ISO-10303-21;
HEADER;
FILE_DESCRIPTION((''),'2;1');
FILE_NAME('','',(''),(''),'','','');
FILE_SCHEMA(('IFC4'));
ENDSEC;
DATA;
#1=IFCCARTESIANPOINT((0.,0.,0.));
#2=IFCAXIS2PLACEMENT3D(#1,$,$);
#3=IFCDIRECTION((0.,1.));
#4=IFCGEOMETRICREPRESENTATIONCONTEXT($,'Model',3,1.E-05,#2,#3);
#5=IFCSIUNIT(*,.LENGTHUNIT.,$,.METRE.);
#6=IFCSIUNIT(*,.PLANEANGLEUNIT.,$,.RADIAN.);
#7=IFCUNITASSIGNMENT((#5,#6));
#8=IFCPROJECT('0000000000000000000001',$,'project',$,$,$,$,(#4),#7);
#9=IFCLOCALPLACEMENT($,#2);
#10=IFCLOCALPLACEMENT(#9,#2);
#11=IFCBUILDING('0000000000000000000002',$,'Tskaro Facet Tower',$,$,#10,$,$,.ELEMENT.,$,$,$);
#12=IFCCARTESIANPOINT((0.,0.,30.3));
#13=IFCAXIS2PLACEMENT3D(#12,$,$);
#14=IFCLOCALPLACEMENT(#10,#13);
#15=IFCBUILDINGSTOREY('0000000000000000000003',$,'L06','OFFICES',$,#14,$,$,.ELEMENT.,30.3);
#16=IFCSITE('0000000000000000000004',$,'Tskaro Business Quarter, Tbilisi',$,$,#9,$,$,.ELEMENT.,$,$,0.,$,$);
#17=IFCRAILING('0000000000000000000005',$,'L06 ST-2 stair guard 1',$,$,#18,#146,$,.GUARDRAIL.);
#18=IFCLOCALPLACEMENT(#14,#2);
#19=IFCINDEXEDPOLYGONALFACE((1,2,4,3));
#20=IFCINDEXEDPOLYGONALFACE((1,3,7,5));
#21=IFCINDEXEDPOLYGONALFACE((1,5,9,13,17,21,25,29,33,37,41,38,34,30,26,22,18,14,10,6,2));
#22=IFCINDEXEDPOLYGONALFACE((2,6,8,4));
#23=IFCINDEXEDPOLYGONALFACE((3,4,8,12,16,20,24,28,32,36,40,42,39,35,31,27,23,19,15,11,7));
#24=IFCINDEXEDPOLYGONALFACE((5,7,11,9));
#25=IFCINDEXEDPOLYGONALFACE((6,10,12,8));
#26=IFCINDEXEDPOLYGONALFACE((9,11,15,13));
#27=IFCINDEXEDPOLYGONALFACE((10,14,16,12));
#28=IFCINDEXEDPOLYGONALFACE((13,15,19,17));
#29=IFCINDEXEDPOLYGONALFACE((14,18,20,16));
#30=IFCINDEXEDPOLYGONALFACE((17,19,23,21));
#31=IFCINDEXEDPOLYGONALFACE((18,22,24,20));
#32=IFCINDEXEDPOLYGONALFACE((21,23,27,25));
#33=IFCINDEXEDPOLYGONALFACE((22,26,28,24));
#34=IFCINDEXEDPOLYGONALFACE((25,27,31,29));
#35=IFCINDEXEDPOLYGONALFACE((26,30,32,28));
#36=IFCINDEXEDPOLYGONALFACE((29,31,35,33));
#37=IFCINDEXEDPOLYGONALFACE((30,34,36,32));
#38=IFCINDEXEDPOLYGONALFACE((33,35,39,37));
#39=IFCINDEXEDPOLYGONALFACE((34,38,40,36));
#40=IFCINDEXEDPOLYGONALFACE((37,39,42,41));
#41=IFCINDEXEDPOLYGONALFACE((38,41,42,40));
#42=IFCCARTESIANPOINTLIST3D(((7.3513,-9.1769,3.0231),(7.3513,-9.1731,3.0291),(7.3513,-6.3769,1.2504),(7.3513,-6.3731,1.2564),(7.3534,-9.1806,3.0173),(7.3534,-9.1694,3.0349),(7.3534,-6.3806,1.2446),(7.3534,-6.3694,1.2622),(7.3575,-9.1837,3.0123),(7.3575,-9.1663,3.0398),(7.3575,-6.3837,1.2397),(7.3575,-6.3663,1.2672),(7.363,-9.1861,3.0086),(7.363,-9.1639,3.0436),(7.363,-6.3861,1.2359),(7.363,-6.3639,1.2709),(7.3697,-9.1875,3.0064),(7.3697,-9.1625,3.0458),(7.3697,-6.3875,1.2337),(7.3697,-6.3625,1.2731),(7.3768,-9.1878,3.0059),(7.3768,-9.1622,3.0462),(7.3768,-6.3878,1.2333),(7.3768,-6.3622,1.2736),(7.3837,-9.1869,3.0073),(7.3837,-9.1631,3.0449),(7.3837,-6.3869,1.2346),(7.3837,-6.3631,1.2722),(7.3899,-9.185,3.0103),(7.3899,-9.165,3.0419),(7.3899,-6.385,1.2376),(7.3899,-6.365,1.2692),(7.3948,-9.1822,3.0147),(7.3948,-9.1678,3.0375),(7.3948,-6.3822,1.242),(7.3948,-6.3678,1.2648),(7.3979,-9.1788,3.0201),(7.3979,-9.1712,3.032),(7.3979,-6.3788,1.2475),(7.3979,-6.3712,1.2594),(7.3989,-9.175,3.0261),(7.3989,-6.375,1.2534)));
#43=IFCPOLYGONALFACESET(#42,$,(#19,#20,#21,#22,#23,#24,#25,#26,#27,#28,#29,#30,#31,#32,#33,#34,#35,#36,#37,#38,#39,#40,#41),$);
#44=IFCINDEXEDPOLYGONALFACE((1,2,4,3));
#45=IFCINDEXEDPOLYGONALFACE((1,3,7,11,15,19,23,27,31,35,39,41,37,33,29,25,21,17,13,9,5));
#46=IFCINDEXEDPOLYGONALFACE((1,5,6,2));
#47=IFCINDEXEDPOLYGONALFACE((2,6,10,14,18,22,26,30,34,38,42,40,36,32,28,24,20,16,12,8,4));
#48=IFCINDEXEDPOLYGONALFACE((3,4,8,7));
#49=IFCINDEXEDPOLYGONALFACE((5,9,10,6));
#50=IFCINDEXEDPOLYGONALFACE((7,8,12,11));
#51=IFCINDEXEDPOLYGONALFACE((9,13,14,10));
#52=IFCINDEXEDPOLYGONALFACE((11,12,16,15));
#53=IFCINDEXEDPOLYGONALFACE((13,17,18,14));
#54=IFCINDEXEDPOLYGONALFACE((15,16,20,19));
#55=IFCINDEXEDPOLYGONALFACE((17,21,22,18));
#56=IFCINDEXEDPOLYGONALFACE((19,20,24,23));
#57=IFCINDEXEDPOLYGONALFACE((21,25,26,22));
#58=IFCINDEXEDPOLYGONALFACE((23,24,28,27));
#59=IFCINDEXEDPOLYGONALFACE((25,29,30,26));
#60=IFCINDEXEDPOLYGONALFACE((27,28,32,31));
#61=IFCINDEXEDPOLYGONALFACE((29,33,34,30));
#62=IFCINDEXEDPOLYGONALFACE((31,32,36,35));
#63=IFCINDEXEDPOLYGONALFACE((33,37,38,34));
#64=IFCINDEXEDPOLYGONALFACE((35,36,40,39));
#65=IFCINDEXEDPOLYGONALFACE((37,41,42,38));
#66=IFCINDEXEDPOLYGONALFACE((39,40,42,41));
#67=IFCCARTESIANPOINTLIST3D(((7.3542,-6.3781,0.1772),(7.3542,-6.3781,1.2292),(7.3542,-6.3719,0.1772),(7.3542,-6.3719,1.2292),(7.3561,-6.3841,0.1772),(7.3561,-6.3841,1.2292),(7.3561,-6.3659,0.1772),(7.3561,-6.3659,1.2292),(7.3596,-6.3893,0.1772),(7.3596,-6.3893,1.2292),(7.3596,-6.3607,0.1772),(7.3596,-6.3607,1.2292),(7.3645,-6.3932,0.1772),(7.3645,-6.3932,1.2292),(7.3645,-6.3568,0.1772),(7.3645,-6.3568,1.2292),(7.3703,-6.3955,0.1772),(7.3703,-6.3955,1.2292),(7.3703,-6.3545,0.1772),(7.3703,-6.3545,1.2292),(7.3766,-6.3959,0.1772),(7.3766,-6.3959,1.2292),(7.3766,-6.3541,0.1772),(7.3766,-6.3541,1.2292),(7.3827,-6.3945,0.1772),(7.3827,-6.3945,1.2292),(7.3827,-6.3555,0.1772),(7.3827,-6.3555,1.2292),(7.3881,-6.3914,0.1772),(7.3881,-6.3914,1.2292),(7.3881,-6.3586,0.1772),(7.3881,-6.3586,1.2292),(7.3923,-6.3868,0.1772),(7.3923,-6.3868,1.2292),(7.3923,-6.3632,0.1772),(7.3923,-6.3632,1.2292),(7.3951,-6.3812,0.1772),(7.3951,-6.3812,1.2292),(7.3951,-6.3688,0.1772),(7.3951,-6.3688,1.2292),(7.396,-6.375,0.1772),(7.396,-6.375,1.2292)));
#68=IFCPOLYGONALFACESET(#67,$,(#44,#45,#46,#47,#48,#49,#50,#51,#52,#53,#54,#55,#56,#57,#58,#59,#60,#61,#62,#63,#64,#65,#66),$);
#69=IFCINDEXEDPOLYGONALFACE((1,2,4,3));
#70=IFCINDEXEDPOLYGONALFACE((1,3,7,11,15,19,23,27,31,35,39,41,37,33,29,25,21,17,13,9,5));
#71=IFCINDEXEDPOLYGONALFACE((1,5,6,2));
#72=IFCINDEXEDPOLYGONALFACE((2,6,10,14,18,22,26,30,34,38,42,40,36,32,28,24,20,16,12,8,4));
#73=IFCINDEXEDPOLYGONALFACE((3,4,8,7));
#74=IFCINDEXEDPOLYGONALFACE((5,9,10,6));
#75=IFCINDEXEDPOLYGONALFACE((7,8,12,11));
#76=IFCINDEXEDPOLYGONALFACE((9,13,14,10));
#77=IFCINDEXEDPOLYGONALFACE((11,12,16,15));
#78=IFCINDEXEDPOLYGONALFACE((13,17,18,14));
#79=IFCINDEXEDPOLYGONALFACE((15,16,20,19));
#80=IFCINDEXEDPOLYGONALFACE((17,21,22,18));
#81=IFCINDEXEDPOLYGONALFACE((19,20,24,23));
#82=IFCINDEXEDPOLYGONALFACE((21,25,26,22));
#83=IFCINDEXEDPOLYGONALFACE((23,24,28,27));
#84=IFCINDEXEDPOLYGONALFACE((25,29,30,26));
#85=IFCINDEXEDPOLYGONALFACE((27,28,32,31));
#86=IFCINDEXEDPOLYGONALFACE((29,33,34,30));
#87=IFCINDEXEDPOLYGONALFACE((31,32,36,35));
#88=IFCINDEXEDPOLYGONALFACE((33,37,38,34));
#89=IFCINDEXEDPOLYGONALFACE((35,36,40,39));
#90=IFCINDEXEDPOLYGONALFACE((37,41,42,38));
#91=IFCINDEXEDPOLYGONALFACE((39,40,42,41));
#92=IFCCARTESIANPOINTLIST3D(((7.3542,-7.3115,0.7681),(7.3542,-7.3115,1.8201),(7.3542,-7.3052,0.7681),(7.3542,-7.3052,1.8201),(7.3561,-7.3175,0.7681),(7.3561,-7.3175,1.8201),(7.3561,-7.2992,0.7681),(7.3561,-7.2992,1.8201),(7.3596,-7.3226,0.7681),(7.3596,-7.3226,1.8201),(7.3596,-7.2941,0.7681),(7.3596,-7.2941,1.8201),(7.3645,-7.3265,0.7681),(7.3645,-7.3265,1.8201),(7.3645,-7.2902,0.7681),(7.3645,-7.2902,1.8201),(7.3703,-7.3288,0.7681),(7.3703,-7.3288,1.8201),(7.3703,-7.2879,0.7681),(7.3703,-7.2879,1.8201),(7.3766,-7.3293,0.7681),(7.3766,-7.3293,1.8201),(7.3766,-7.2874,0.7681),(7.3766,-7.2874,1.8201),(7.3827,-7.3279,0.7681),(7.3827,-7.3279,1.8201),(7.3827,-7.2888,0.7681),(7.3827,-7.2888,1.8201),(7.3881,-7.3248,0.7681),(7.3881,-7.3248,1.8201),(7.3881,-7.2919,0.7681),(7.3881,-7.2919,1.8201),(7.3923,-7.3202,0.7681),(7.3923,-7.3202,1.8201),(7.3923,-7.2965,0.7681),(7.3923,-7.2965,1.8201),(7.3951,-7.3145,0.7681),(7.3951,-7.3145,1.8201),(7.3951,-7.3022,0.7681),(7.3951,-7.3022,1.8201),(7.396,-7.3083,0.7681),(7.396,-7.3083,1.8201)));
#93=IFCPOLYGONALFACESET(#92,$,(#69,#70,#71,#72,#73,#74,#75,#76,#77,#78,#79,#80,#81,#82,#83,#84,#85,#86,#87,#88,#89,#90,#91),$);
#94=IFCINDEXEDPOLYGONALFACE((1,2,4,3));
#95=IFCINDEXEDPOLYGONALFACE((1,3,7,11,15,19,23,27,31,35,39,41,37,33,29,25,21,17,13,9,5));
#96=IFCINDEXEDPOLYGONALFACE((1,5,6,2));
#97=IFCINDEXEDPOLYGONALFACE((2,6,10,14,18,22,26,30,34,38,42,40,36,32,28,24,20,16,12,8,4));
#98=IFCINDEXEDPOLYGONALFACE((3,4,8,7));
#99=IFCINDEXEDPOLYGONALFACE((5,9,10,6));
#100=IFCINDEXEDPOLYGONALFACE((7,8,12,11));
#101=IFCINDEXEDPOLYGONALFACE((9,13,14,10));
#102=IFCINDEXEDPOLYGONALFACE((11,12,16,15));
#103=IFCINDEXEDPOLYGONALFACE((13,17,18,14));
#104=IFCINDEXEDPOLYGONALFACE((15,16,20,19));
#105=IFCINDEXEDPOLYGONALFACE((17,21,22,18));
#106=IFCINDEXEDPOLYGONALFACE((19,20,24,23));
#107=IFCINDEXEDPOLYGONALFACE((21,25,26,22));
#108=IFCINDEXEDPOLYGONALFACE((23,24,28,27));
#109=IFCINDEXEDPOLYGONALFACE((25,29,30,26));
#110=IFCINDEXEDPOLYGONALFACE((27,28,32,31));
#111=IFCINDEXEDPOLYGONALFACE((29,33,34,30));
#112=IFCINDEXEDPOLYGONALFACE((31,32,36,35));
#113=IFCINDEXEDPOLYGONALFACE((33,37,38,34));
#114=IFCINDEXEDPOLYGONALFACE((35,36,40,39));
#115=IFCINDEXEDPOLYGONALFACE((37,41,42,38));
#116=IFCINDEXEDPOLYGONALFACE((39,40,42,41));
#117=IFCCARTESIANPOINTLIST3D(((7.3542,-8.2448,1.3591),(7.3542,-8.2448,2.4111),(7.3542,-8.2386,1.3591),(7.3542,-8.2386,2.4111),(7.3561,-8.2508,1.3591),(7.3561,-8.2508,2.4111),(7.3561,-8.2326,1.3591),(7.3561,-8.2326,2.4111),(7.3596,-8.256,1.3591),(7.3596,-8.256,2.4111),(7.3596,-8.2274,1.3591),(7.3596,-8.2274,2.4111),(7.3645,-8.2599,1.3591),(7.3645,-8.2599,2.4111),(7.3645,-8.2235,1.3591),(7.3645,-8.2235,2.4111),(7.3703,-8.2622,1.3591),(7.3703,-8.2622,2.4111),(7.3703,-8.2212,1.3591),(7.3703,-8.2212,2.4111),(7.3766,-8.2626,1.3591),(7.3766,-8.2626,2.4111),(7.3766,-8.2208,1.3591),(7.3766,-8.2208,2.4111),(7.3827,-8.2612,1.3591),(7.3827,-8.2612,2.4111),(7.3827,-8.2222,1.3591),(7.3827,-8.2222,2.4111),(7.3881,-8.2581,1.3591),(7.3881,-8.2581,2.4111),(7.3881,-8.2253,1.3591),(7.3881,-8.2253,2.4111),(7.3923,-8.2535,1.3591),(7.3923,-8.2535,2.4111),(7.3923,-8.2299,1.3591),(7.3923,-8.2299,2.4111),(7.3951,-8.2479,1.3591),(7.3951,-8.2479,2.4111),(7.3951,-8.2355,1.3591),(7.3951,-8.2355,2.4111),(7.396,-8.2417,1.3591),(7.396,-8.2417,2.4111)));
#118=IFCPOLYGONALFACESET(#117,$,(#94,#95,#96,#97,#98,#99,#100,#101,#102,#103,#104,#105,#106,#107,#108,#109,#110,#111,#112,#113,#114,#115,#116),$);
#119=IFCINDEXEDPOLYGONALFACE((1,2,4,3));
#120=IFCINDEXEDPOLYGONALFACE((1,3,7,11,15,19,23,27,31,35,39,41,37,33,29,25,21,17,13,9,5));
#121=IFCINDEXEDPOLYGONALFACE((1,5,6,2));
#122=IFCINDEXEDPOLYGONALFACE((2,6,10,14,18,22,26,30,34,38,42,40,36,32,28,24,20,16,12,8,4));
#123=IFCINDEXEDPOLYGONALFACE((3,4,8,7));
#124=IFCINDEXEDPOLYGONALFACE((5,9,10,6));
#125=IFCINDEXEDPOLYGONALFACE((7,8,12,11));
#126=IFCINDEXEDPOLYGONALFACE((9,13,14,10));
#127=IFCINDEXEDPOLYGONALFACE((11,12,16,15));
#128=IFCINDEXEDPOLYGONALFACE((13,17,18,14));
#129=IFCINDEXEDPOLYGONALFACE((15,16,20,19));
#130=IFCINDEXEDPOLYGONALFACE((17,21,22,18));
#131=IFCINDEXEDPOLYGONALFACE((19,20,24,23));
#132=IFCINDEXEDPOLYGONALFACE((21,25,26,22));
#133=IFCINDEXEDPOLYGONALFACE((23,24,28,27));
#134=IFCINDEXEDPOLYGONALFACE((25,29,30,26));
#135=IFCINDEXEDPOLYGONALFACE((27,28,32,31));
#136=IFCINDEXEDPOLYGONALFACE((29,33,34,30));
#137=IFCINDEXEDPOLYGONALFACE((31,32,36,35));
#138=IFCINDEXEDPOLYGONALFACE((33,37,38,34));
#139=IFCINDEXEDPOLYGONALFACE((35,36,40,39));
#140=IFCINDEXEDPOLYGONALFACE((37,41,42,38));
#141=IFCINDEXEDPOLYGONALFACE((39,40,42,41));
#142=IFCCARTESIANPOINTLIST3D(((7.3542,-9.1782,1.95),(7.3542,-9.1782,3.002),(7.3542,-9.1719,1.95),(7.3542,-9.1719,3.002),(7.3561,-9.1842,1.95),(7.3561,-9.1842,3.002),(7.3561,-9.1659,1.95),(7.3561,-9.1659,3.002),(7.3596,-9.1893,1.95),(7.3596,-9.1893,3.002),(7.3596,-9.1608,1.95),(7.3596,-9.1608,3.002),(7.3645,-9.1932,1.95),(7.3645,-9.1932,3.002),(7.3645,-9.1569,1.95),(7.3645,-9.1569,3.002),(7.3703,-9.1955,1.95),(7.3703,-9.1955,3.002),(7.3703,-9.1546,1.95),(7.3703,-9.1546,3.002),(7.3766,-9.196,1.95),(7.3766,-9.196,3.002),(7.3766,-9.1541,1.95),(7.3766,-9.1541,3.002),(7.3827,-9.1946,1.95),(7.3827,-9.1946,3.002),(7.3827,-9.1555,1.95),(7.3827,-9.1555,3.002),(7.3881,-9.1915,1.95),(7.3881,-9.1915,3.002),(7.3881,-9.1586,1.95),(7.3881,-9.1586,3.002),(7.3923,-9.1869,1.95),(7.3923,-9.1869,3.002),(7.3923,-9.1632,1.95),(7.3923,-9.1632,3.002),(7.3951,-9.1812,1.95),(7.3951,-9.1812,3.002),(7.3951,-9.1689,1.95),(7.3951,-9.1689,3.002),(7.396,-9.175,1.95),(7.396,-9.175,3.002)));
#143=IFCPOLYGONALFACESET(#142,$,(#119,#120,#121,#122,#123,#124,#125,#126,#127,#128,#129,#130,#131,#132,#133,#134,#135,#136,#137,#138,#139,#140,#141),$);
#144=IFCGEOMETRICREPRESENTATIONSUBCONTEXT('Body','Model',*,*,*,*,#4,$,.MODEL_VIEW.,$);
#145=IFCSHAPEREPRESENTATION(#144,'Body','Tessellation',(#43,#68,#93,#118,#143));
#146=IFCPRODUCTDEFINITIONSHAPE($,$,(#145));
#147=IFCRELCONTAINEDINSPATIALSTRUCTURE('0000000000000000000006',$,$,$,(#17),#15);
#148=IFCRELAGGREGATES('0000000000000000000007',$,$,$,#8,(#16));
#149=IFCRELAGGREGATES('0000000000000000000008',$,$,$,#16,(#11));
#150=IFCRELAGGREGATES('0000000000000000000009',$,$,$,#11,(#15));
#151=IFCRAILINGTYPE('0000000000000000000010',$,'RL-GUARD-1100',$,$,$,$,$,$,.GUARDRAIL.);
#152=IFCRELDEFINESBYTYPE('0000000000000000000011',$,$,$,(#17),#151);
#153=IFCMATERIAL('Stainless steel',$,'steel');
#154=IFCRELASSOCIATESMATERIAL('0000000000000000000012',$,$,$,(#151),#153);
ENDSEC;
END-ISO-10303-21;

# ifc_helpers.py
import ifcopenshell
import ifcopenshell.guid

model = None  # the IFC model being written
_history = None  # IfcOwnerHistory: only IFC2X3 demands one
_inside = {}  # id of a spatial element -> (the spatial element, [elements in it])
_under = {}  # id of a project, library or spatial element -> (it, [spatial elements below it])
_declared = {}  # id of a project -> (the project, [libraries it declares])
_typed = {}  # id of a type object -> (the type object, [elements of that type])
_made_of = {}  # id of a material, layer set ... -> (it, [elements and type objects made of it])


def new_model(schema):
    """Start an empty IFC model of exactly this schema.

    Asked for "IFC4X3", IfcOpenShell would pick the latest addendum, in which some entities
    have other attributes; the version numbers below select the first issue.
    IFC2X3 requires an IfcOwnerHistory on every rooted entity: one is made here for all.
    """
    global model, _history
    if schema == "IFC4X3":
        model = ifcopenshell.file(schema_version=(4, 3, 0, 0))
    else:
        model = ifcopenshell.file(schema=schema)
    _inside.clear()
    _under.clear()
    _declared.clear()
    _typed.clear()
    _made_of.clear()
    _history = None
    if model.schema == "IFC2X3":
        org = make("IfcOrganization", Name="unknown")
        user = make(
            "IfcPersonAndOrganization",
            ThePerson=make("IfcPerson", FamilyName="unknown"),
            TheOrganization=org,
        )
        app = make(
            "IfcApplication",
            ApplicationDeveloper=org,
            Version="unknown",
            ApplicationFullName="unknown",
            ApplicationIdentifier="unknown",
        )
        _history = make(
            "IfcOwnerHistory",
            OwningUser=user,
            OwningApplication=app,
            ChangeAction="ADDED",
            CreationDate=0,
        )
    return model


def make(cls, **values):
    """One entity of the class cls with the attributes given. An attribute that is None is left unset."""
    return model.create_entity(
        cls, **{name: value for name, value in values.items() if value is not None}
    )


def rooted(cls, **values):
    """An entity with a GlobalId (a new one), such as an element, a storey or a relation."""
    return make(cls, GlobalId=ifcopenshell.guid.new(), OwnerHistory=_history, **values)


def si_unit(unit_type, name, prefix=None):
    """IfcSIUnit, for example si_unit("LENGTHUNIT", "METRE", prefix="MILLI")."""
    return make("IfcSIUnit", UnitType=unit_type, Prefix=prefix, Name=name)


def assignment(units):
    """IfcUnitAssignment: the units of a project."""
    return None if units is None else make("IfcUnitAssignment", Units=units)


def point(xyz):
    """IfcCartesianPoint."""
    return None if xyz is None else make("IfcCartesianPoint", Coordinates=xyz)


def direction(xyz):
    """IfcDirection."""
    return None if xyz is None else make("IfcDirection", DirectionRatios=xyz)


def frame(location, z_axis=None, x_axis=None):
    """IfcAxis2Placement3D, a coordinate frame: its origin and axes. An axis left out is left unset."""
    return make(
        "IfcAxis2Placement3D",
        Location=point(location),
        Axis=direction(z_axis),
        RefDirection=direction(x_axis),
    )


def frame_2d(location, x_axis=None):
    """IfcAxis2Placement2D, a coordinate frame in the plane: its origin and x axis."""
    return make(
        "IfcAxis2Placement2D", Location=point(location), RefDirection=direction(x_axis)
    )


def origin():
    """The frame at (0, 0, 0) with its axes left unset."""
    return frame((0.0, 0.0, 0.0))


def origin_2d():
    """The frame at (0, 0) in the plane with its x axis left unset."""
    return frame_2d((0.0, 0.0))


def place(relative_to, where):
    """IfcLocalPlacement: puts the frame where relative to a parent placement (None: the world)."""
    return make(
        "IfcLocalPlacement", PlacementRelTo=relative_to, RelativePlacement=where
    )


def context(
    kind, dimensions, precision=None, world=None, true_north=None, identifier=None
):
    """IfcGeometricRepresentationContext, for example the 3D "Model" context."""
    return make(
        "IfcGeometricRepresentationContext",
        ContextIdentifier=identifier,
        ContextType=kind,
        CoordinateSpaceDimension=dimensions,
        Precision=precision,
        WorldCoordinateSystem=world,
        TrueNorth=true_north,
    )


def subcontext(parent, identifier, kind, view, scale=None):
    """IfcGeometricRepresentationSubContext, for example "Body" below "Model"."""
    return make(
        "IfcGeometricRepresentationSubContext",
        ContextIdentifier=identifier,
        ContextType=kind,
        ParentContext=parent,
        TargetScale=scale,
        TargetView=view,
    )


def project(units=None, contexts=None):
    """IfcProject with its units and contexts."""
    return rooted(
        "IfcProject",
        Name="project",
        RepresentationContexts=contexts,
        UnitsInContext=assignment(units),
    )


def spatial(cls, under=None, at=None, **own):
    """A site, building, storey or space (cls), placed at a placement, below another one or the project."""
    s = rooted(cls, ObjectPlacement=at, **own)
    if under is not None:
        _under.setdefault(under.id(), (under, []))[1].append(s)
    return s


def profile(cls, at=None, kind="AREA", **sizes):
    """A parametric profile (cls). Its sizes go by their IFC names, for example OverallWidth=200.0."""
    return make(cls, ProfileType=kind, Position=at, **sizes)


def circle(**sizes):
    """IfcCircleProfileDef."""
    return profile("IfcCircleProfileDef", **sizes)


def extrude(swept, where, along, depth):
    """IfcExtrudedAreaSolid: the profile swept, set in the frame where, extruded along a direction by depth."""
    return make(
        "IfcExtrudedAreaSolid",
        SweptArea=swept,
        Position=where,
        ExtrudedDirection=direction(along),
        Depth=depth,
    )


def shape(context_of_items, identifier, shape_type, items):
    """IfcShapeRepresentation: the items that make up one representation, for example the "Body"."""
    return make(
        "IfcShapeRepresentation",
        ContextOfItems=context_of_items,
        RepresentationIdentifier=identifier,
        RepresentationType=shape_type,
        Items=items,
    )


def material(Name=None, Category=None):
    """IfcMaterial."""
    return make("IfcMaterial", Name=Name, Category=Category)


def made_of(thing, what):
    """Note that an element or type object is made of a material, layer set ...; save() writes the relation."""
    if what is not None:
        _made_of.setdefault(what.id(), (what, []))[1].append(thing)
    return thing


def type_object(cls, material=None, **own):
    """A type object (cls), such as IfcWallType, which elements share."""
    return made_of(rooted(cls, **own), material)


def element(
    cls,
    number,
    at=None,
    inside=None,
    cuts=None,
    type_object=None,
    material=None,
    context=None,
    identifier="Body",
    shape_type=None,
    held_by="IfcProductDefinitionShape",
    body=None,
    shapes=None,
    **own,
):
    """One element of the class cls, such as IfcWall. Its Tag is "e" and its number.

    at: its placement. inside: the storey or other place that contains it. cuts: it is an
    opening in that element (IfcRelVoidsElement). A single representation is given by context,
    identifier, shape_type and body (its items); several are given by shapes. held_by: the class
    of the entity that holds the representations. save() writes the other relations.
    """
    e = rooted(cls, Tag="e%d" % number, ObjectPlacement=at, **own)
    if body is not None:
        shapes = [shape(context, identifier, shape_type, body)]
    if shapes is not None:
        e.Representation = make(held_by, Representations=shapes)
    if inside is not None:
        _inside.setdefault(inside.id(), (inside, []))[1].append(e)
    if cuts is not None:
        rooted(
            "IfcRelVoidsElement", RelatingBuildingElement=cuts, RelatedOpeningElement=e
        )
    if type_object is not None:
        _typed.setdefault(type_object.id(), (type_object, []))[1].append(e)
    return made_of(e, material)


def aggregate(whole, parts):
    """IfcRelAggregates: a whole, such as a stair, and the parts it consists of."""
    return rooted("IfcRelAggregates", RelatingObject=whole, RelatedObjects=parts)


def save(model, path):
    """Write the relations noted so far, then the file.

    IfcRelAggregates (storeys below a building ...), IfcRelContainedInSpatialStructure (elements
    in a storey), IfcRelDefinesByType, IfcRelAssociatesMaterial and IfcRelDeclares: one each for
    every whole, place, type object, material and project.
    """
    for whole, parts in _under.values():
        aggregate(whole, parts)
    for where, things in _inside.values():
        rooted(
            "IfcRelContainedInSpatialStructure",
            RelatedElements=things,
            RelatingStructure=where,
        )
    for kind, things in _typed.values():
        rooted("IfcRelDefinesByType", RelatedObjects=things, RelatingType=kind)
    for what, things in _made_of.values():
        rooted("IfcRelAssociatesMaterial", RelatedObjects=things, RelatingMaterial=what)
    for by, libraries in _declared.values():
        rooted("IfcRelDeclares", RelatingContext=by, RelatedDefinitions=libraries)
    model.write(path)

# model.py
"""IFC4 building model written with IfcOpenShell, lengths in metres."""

from ifc_helpers import new_model, si_unit, direction, frame, origin, origin_2d, place, context, subcontext, project, spatial, circle, extrude, material, type_object, element, save


model = new_model("IFC4")

# Units and contexts
model_context = context("Model", 3, precision=1e-05, world=origin(), true_north=direction((0.0, 1.0)))
body_context = subcontext(model_context, "Body", "Model", "MODEL_VIEW")
ifc_project = project(units=[si_unit("LENGTHUNIT", "METRE"), si_unit("PLANEANGLEUNIT", "RADIAN")], contexts=[model_context])

# Site, building, storey
site_placement = place(None, origin())
site = spatial("IfcSite", under=ifc_project, at=site_placement, Name="Tskaro Business Quarter, Tbilisi", CompositionType="ELEMENT", RefElevation=0.0)
building_placement = place(site_placement, origin())
building = spatial("IfcBuilding", under=site, at=building_placement, Name="Tskaro Facet Tower", CompositionType="ELEMENT")
storey_placement = place(building_placement, frame((0.0, 0.0, 30.3)))
storey = spatial("IfcBuildingStorey", under=building, at=storey_placement, Name="L06", Description="OFFICES", CompositionType="ELEMENT", Elevation=30.3)

# Railing
ifc_material_1 = material(Name="Stainless steel", Category="steel")
railing_type_1 = type_object("IfcRailingType", Name="RL-GUARD-1100", PredefinedType="GUARDRAIL", material=ifc_material_1)
railing_1_placement = place(storey_placement, frame((7.375, -6.375, 0.1772)))
element("IfcRailing", 1, at=railing_1_placement, inside=storey, type_object=railing_type_1, Name="L06 ST-2 stair guard 1", PredefinedType="GUARDRAIL", context=body_context, shape_type="SweptSolid", body=[
    extrude(circle(Radius=0.0239, at=origin_2d()), frame((0.0, 0.0, 1.0762), z_axis=(0.0, -0.844909, 0.53491), x_axis=(1.0, 0.0, 0.0)), (0.0, 0.0, 1.0), 3.314),
    extrude(circle(Radius=0.021, at=origin_2d()), origin(), (0.0, 0.0, 1.0), 1.052),
    extrude(circle(Radius=0.021, at=origin_2d()), frame((0.0, -0.9333, 0.5908)), (0.0, 0.0, 1.0), 1.052),
    extrude(circle(Radius=0.021, at=origin_2d()), frame((0.0, -1.8667, 1.1819)), (0.0, 0.0, 1.0), 1.052),
    extrude(circle(Radius=0.021, at=origin_2d()), frame((0.0, -2.8, 1.7727)), (0.0, 0.0, 1.0), 1.052),
])

save(model, "model.ifc")
